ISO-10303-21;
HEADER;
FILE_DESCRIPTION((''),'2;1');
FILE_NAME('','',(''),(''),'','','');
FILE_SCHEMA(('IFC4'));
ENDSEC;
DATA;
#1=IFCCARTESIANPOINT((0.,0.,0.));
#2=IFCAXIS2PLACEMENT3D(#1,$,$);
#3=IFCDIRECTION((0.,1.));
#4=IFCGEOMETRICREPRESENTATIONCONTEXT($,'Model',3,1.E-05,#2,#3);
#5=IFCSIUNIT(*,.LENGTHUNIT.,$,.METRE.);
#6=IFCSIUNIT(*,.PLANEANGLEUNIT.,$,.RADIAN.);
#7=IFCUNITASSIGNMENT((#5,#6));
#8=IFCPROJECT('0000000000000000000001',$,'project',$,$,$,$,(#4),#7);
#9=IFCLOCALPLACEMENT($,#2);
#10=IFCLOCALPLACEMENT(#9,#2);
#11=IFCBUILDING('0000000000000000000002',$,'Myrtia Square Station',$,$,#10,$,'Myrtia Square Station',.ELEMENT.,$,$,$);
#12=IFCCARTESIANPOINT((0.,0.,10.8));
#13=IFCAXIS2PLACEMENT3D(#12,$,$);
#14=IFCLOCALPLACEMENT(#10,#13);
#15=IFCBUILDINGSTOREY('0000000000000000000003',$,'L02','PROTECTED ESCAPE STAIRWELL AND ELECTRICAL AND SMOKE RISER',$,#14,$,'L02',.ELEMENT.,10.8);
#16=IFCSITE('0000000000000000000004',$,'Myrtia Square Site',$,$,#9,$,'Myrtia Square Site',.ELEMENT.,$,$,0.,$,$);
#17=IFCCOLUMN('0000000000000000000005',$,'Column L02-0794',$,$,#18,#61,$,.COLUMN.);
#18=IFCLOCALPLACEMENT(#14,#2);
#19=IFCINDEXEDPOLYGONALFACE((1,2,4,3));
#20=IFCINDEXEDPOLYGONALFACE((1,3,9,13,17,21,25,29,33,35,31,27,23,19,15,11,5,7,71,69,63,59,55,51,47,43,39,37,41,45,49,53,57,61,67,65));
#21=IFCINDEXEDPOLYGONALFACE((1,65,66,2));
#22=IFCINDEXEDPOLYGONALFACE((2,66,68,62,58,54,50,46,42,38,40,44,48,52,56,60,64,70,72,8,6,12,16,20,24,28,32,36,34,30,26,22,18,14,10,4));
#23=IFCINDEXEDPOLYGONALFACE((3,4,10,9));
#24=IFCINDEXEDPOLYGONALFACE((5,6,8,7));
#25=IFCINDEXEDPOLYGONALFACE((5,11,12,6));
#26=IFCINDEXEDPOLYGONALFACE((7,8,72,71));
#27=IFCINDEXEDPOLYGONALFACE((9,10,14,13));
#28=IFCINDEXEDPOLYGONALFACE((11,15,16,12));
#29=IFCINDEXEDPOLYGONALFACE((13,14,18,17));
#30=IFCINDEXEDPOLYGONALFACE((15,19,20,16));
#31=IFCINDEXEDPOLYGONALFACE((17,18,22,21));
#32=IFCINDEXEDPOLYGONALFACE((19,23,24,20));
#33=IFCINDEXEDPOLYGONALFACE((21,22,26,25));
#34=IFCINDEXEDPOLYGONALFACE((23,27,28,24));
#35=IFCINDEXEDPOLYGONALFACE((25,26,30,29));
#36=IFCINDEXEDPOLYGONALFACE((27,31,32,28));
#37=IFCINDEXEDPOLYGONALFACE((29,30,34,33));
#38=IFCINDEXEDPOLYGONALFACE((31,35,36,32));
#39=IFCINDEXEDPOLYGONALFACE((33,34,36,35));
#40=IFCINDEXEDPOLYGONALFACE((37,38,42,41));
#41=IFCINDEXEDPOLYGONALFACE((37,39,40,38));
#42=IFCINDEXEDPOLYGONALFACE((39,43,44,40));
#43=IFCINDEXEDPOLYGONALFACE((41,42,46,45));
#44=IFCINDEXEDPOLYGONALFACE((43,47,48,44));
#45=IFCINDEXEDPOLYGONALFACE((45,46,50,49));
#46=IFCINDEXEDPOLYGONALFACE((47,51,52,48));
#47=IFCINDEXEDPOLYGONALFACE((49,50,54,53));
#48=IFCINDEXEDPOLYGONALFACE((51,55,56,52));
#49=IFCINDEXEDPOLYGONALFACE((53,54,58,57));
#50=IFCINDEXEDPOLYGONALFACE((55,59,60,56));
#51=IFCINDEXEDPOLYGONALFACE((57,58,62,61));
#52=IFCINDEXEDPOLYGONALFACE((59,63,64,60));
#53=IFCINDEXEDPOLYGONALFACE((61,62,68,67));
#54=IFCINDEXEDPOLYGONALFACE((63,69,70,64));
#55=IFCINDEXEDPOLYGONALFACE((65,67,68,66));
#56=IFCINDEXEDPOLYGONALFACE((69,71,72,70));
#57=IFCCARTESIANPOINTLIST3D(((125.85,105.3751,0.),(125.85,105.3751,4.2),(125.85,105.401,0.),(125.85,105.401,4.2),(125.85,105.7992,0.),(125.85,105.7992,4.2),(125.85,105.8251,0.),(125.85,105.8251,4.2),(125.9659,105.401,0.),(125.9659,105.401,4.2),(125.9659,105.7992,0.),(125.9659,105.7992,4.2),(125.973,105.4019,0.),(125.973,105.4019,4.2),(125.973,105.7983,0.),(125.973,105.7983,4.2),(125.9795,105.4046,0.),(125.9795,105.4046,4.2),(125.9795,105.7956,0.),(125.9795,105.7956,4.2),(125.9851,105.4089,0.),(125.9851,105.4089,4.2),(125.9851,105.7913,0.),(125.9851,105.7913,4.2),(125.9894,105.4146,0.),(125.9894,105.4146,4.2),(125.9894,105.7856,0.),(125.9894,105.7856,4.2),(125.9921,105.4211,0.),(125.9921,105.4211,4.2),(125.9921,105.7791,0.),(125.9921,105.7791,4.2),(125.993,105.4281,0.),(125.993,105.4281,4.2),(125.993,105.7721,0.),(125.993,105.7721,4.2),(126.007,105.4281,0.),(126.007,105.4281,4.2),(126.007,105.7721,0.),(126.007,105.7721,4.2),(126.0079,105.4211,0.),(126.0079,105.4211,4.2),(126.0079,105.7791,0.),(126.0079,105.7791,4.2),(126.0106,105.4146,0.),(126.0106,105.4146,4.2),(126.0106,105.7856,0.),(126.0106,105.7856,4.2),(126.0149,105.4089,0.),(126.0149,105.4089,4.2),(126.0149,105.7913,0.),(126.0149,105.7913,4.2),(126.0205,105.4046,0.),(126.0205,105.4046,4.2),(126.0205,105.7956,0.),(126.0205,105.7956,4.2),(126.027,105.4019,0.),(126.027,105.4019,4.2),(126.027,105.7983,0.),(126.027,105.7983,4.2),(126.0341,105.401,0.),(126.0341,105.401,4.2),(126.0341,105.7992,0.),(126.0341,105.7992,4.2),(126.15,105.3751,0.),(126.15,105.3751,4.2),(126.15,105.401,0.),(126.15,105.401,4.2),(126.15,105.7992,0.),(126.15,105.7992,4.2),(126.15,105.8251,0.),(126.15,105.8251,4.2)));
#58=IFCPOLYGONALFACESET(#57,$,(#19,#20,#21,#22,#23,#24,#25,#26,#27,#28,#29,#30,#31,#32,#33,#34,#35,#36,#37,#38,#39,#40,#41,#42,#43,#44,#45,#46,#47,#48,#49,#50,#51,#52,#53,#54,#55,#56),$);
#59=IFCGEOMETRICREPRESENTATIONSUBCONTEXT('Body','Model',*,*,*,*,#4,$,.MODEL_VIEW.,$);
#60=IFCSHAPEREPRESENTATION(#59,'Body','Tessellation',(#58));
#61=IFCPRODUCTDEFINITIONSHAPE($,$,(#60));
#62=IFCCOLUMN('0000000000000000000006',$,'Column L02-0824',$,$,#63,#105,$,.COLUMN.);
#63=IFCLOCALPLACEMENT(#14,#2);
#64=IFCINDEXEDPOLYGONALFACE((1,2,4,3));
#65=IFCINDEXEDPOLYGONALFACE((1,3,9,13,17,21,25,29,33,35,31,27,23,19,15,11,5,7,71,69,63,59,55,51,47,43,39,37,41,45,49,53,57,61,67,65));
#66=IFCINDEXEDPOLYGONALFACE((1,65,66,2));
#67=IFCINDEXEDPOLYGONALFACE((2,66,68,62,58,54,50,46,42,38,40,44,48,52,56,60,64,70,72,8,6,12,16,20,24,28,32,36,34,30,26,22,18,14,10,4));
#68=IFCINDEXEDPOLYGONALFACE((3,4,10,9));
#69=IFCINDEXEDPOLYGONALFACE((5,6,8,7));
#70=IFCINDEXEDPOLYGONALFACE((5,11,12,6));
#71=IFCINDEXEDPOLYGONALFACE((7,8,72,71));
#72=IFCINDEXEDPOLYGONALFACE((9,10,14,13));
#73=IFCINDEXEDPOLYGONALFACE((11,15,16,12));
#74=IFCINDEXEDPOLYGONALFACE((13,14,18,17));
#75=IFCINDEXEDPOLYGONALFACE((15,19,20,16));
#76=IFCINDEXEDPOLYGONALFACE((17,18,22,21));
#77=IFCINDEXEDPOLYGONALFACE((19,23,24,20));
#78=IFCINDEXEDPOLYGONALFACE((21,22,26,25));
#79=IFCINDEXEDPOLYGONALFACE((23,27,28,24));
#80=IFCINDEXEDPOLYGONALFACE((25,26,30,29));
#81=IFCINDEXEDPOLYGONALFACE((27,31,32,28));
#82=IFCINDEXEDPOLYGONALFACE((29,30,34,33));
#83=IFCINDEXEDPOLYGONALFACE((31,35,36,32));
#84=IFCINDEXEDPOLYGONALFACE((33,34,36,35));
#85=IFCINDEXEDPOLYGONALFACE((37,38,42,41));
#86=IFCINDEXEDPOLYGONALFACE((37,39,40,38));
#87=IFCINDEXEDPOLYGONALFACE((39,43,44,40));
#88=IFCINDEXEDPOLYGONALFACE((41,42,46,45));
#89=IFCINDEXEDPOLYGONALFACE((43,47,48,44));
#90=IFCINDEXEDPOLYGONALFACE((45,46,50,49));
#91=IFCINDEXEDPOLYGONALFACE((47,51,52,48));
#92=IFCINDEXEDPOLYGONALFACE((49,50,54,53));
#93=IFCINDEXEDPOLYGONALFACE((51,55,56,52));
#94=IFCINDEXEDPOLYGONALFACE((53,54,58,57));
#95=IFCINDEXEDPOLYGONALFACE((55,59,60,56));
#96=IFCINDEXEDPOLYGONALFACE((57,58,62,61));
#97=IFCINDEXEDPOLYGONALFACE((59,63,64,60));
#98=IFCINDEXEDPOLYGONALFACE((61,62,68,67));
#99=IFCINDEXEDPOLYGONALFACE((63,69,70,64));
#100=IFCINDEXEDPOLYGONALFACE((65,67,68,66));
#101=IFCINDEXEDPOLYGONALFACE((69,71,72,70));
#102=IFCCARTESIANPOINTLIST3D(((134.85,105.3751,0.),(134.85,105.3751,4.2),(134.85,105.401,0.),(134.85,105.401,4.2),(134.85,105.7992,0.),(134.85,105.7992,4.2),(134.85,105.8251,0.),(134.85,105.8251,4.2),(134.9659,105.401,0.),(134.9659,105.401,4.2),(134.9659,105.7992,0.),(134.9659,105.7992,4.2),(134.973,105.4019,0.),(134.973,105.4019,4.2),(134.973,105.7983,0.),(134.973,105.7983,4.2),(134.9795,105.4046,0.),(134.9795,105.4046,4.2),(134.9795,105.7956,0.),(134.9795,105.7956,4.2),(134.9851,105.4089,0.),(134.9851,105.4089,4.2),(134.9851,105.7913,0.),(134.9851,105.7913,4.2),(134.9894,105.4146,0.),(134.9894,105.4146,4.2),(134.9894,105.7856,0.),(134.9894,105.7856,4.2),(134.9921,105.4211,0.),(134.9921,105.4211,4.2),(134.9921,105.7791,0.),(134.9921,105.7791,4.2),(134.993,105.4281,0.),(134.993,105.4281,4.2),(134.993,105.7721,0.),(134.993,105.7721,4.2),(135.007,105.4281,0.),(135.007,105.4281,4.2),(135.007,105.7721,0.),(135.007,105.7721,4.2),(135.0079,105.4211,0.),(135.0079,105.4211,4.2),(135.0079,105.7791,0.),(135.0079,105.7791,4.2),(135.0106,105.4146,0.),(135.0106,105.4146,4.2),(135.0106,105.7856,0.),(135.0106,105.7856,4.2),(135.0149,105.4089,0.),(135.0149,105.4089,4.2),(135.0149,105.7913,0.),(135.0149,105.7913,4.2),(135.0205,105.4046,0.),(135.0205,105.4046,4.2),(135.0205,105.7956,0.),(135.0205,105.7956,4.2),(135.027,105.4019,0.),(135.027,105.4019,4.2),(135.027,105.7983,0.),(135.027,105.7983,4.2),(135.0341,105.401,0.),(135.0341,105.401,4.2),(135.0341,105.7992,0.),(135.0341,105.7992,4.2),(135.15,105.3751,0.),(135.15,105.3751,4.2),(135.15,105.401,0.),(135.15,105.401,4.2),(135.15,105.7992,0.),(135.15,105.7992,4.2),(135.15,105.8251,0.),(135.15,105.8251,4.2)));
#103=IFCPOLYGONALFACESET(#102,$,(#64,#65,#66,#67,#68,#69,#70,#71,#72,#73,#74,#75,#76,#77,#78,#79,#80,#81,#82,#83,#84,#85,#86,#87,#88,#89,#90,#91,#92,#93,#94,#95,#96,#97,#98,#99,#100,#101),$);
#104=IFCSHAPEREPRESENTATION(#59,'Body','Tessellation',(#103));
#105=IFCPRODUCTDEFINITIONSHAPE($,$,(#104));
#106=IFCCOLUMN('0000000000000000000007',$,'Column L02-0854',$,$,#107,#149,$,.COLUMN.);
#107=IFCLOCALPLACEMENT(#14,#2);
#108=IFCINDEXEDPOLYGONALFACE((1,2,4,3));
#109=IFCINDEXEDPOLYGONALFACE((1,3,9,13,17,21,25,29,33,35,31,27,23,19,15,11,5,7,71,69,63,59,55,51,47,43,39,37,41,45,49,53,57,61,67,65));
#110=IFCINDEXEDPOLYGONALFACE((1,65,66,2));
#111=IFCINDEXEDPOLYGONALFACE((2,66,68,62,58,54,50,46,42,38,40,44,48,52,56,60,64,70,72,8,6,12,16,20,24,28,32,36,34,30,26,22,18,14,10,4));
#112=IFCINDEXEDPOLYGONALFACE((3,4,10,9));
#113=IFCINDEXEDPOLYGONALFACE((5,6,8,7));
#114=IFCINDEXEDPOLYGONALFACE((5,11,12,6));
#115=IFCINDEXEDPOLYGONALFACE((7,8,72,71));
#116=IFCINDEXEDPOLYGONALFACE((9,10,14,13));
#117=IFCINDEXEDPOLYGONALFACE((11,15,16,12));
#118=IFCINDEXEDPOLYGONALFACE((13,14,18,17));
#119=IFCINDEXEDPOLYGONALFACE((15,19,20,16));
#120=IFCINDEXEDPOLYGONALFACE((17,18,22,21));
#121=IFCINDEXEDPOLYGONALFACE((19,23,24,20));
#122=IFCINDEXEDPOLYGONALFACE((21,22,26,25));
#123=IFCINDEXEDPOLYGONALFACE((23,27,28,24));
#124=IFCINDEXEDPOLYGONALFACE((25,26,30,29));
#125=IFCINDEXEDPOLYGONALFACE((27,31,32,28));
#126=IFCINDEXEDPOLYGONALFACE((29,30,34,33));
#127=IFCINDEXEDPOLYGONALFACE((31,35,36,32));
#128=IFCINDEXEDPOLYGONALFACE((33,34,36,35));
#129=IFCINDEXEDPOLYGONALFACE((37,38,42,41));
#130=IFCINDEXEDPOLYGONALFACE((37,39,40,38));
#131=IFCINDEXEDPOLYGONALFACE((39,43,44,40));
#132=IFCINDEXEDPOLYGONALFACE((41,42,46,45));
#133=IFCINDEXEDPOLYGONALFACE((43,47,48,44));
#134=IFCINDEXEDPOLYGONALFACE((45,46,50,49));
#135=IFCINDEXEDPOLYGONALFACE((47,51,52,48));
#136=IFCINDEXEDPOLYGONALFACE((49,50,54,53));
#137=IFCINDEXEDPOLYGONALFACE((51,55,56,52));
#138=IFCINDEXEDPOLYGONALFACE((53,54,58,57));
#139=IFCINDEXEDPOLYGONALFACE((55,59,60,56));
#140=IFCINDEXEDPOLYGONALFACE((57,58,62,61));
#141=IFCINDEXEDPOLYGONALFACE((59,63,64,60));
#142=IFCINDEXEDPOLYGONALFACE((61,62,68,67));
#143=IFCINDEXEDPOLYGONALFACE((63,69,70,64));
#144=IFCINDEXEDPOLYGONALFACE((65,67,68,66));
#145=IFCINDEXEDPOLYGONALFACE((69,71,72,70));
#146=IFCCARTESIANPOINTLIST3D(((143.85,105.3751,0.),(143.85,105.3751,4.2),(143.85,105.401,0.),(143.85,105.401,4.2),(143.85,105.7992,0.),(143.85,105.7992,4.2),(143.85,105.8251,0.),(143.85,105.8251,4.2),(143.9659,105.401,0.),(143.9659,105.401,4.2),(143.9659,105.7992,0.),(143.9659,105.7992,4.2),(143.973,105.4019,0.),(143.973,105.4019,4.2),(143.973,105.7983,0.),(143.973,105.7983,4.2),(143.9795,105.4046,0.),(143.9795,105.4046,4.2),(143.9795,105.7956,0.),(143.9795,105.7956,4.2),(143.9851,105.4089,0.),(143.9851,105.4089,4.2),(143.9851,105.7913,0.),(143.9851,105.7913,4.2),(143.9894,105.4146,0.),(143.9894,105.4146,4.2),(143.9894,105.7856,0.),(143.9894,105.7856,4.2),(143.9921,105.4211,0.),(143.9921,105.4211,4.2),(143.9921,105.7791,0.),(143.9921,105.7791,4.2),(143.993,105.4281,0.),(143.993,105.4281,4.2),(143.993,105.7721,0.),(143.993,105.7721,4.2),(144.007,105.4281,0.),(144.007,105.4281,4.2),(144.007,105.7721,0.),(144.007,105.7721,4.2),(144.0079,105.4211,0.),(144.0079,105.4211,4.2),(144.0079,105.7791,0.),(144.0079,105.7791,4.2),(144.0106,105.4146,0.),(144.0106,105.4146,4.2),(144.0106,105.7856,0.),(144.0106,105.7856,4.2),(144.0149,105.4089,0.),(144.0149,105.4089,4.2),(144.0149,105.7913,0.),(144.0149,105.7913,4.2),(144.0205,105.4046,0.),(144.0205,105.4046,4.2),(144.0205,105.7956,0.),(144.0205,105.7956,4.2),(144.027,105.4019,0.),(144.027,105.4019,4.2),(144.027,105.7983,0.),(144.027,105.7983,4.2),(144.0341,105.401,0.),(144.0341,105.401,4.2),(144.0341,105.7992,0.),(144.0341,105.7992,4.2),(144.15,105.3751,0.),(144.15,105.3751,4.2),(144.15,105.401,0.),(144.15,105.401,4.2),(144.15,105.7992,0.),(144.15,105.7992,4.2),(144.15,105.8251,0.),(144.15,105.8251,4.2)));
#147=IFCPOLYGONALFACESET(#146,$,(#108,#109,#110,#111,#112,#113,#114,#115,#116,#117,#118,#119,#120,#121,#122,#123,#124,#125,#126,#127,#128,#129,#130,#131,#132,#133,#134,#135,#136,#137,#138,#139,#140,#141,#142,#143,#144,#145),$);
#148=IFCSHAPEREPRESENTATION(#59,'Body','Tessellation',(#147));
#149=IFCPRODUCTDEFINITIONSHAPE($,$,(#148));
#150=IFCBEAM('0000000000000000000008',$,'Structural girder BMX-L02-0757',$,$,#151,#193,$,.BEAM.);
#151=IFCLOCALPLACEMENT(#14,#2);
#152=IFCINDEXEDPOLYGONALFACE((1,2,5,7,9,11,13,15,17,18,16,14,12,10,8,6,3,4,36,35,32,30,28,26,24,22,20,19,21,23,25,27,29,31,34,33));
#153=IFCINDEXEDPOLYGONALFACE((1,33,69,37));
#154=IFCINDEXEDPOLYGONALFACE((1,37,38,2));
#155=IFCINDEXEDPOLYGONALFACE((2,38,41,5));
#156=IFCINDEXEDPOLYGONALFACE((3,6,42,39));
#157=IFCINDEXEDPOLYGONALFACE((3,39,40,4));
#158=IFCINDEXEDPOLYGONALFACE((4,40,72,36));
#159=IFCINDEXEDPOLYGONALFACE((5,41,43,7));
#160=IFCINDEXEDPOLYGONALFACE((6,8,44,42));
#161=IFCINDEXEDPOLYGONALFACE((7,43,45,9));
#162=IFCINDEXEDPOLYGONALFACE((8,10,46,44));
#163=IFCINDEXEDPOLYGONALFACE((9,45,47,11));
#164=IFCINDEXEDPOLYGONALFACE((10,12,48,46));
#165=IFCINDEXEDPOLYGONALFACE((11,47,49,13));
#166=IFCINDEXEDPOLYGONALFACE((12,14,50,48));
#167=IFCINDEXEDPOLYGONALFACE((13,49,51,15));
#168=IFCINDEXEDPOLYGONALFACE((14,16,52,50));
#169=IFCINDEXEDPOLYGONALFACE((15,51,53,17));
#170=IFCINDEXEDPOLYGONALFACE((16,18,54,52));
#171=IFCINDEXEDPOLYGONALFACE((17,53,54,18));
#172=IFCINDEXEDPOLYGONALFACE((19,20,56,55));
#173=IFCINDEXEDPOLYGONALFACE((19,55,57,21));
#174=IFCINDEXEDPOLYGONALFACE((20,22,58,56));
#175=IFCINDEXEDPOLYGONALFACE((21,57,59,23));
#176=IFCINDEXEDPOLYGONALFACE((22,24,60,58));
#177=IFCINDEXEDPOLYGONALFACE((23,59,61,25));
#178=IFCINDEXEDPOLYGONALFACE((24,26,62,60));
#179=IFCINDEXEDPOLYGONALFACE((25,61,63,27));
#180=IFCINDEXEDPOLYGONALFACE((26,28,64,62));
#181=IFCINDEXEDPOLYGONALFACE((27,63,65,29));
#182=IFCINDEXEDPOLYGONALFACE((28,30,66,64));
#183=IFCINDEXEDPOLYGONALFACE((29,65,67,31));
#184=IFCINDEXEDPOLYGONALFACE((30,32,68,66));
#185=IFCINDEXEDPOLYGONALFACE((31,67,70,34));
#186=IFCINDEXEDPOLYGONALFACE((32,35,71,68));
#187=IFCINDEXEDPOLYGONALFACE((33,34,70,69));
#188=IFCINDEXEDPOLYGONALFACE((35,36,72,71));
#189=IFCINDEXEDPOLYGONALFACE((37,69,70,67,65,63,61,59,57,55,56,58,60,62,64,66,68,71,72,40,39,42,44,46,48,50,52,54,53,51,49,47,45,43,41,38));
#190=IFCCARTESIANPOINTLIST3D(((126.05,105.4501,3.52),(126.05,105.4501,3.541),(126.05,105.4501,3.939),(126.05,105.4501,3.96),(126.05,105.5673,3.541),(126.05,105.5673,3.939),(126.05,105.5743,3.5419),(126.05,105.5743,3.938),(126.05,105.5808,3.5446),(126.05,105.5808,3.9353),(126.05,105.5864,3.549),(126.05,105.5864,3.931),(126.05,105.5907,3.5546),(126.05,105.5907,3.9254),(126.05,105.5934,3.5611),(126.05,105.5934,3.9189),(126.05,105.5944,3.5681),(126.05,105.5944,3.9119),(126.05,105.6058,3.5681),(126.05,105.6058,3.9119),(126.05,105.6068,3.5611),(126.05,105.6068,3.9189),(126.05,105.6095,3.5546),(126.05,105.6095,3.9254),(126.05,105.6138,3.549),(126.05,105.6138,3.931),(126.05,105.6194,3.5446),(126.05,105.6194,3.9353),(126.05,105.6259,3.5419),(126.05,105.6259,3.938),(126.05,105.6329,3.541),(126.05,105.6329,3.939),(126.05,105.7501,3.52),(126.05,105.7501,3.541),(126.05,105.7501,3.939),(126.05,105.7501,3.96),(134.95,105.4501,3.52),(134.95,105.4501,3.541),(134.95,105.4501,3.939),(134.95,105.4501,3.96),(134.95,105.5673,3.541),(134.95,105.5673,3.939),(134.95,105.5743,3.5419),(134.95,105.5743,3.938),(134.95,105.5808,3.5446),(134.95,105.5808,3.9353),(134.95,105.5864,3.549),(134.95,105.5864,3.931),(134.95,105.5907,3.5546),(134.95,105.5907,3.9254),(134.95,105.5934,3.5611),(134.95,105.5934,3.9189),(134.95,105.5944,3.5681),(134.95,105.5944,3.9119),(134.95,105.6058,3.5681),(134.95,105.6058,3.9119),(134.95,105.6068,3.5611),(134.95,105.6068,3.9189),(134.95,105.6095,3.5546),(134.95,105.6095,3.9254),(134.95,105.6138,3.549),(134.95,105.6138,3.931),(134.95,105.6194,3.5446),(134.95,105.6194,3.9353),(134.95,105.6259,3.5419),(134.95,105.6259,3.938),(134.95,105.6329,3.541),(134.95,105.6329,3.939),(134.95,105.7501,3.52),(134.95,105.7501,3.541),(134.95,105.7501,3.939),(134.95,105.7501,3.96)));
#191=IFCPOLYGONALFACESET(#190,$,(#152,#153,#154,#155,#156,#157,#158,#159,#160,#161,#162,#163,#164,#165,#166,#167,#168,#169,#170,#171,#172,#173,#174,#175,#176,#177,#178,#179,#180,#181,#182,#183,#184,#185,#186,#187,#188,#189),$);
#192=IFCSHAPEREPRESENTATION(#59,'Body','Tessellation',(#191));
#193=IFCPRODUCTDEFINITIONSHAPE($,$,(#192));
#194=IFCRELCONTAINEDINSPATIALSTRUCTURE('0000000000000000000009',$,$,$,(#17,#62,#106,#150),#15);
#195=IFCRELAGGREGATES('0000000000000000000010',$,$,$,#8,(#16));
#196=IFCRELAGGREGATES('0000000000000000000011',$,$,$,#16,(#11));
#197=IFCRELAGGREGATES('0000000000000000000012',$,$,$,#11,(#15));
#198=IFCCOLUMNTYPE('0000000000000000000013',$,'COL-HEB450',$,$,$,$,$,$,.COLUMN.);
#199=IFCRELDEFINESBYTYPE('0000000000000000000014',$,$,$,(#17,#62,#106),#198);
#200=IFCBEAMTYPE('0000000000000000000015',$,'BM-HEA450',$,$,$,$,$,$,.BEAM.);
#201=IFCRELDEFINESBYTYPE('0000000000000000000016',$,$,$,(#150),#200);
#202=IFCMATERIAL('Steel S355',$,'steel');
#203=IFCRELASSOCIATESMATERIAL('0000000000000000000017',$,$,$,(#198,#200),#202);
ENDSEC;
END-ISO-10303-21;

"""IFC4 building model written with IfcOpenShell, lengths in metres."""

from ifc_helpers import new_model, si_unit, direction, frame, origin, origin_2d, place, context, subcontext, project, spatial, i_section, extrude, material, material_profile, profile_set, type_object, element, save


model = new_model("IFC4")

# Units and contexts
model_context = context("Model", 3, precision=1e-05, world=origin(), true_north=direction((0.0, 1.0)))
body_context = subcontext(model_context, "Body", "Model", "MODEL_VIEW")
ifc_project = project(units=[si_unit("LENGTHUNIT", "METRE"), si_unit("PLANEANGLEUNIT", "RADIAN")], contexts=[model_context])

# Site, building, storey
site_placement = place(None, origin())
site = spatial("IfcSite", under=ifc_project, at=site_placement, Name="Myrtia Square Site", LongName="Myrtia Square Site", CompositionType="ELEMENT", RefElevation=0.0)
building_placement = place(site_placement, origin())
building = spatial("IfcBuilding", under=site, at=building_placement, Name="Myrtia Square Station", LongName="Myrtia Square Station", CompositionType="ELEMENT")
storey_placement = place(building_placement, frame((0.0, 0.0, 10.8)))
storey = spatial("IfcBuildingStorey", under=building, at=storey_placement, Name="L02", Description="PROTECTED ESCAPE STAIRWELL AND ELECTRICAL AND SMOKE RISER", LongName="L02", CompositionType="ELEMENT", Elevation=10.8)

# Columns
ifc_material_1 = material(Name="Steel S355", Category="steel")
ifc_material_profile_1 = material_profile(ifc_material_1, i_section(OverallWidth=0.3, OverallDepth=0.45, WebThickness=0.0139, FlangeThickness=0.0259, FilletRadius=0.0271, at=origin_2d()), Name="HEB 450")
ifc_profile_set_1 = profile_set([ifc_material_profile_1], Name="Steel S355")
column_type = type_object("IfcColumnType", Name="COL-HEB450", PredefinedType="COLUMN", material=ifc_profile_set_1)
for number, where, z_axis, x_axis, name in (
    (1, (126.0, 105.6001, 0.0), (0.0, 0.0, 1.0), (1.0, 0.0, 0.0), "Column L02-0794"),
    (2, (135.0, 105.6001, 0.0), (0.0, 0.0, 1.0), (1.0, 0.0, 0.0), "Column L02-0824"),
    (3, (144.0, 105.6001, 0.0), (0.0, 0.0, 1.0), (1.0, 0.0, 0.0), "Column L02-0854"),
):
    element("IfcColumn", number, at=place(storey_placement, frame(where, z_axis=z_axis, x_axis=x_axis)), inside=storey, type_object=column_type, Name=name, PredefinedType="COLUMN", context=body_context, shape_type="SweptSolid", body=[
        extrude(i_section(OverallWidth=0.3, OverallDepth=0.45, WebThickness=0.0139, FlangeThickness=0.0259, FilletRadius=0.0271, at=origin_2d()), origin(), (0.0, 0.0, 1.0), 4.2),
    ])

# Beam
ifc_material_profile_2 = material_profile(ifc_material_1, i_section(OverallWidth=0.3, OverallDepth=0.4399, WebThickness=0.0115, FlangeThickness=0.021, FilletRadius=0.0271, at=origin_2d()), Name="HEA 450")
ifc_profile_set_2 = profile_set([ifc_material_profile_2], Name="Steel S355")
beam_type_1 = type_object("IfcBeamType", Name="BM-HEA450", PredefinedType="BEAM", material=ifc_profile_set_2)
for number, where, z_axis, x_axis, name in (
    (4, (126.05, 105.6001, 3.74), (1.0, 0.0, 0.0), (0.0, 1.0, 0.0), "Structural girder BMX-L02-0757"),
):
    element("IfcBeam", number, at=place(storey_placement, frame(where, z_axis=z_axis, x_axis=x_axis)), inside=storey, type_object=beam_type_1, Name=name, PredefinedType="BEAM", context=body_context, shape_type="SweptSolid", body=[
        extrude(i_section(OverallWidth=0.3, OverallDepth=0.4399, WebThickness=0.0115, FlangeThickness=0.021, FilletRadius=0.0271, at=origin_2d()), origin(), (0.0, 0.0, 1.0), 8.8999),
    ])

save(model, "model.ifc")
